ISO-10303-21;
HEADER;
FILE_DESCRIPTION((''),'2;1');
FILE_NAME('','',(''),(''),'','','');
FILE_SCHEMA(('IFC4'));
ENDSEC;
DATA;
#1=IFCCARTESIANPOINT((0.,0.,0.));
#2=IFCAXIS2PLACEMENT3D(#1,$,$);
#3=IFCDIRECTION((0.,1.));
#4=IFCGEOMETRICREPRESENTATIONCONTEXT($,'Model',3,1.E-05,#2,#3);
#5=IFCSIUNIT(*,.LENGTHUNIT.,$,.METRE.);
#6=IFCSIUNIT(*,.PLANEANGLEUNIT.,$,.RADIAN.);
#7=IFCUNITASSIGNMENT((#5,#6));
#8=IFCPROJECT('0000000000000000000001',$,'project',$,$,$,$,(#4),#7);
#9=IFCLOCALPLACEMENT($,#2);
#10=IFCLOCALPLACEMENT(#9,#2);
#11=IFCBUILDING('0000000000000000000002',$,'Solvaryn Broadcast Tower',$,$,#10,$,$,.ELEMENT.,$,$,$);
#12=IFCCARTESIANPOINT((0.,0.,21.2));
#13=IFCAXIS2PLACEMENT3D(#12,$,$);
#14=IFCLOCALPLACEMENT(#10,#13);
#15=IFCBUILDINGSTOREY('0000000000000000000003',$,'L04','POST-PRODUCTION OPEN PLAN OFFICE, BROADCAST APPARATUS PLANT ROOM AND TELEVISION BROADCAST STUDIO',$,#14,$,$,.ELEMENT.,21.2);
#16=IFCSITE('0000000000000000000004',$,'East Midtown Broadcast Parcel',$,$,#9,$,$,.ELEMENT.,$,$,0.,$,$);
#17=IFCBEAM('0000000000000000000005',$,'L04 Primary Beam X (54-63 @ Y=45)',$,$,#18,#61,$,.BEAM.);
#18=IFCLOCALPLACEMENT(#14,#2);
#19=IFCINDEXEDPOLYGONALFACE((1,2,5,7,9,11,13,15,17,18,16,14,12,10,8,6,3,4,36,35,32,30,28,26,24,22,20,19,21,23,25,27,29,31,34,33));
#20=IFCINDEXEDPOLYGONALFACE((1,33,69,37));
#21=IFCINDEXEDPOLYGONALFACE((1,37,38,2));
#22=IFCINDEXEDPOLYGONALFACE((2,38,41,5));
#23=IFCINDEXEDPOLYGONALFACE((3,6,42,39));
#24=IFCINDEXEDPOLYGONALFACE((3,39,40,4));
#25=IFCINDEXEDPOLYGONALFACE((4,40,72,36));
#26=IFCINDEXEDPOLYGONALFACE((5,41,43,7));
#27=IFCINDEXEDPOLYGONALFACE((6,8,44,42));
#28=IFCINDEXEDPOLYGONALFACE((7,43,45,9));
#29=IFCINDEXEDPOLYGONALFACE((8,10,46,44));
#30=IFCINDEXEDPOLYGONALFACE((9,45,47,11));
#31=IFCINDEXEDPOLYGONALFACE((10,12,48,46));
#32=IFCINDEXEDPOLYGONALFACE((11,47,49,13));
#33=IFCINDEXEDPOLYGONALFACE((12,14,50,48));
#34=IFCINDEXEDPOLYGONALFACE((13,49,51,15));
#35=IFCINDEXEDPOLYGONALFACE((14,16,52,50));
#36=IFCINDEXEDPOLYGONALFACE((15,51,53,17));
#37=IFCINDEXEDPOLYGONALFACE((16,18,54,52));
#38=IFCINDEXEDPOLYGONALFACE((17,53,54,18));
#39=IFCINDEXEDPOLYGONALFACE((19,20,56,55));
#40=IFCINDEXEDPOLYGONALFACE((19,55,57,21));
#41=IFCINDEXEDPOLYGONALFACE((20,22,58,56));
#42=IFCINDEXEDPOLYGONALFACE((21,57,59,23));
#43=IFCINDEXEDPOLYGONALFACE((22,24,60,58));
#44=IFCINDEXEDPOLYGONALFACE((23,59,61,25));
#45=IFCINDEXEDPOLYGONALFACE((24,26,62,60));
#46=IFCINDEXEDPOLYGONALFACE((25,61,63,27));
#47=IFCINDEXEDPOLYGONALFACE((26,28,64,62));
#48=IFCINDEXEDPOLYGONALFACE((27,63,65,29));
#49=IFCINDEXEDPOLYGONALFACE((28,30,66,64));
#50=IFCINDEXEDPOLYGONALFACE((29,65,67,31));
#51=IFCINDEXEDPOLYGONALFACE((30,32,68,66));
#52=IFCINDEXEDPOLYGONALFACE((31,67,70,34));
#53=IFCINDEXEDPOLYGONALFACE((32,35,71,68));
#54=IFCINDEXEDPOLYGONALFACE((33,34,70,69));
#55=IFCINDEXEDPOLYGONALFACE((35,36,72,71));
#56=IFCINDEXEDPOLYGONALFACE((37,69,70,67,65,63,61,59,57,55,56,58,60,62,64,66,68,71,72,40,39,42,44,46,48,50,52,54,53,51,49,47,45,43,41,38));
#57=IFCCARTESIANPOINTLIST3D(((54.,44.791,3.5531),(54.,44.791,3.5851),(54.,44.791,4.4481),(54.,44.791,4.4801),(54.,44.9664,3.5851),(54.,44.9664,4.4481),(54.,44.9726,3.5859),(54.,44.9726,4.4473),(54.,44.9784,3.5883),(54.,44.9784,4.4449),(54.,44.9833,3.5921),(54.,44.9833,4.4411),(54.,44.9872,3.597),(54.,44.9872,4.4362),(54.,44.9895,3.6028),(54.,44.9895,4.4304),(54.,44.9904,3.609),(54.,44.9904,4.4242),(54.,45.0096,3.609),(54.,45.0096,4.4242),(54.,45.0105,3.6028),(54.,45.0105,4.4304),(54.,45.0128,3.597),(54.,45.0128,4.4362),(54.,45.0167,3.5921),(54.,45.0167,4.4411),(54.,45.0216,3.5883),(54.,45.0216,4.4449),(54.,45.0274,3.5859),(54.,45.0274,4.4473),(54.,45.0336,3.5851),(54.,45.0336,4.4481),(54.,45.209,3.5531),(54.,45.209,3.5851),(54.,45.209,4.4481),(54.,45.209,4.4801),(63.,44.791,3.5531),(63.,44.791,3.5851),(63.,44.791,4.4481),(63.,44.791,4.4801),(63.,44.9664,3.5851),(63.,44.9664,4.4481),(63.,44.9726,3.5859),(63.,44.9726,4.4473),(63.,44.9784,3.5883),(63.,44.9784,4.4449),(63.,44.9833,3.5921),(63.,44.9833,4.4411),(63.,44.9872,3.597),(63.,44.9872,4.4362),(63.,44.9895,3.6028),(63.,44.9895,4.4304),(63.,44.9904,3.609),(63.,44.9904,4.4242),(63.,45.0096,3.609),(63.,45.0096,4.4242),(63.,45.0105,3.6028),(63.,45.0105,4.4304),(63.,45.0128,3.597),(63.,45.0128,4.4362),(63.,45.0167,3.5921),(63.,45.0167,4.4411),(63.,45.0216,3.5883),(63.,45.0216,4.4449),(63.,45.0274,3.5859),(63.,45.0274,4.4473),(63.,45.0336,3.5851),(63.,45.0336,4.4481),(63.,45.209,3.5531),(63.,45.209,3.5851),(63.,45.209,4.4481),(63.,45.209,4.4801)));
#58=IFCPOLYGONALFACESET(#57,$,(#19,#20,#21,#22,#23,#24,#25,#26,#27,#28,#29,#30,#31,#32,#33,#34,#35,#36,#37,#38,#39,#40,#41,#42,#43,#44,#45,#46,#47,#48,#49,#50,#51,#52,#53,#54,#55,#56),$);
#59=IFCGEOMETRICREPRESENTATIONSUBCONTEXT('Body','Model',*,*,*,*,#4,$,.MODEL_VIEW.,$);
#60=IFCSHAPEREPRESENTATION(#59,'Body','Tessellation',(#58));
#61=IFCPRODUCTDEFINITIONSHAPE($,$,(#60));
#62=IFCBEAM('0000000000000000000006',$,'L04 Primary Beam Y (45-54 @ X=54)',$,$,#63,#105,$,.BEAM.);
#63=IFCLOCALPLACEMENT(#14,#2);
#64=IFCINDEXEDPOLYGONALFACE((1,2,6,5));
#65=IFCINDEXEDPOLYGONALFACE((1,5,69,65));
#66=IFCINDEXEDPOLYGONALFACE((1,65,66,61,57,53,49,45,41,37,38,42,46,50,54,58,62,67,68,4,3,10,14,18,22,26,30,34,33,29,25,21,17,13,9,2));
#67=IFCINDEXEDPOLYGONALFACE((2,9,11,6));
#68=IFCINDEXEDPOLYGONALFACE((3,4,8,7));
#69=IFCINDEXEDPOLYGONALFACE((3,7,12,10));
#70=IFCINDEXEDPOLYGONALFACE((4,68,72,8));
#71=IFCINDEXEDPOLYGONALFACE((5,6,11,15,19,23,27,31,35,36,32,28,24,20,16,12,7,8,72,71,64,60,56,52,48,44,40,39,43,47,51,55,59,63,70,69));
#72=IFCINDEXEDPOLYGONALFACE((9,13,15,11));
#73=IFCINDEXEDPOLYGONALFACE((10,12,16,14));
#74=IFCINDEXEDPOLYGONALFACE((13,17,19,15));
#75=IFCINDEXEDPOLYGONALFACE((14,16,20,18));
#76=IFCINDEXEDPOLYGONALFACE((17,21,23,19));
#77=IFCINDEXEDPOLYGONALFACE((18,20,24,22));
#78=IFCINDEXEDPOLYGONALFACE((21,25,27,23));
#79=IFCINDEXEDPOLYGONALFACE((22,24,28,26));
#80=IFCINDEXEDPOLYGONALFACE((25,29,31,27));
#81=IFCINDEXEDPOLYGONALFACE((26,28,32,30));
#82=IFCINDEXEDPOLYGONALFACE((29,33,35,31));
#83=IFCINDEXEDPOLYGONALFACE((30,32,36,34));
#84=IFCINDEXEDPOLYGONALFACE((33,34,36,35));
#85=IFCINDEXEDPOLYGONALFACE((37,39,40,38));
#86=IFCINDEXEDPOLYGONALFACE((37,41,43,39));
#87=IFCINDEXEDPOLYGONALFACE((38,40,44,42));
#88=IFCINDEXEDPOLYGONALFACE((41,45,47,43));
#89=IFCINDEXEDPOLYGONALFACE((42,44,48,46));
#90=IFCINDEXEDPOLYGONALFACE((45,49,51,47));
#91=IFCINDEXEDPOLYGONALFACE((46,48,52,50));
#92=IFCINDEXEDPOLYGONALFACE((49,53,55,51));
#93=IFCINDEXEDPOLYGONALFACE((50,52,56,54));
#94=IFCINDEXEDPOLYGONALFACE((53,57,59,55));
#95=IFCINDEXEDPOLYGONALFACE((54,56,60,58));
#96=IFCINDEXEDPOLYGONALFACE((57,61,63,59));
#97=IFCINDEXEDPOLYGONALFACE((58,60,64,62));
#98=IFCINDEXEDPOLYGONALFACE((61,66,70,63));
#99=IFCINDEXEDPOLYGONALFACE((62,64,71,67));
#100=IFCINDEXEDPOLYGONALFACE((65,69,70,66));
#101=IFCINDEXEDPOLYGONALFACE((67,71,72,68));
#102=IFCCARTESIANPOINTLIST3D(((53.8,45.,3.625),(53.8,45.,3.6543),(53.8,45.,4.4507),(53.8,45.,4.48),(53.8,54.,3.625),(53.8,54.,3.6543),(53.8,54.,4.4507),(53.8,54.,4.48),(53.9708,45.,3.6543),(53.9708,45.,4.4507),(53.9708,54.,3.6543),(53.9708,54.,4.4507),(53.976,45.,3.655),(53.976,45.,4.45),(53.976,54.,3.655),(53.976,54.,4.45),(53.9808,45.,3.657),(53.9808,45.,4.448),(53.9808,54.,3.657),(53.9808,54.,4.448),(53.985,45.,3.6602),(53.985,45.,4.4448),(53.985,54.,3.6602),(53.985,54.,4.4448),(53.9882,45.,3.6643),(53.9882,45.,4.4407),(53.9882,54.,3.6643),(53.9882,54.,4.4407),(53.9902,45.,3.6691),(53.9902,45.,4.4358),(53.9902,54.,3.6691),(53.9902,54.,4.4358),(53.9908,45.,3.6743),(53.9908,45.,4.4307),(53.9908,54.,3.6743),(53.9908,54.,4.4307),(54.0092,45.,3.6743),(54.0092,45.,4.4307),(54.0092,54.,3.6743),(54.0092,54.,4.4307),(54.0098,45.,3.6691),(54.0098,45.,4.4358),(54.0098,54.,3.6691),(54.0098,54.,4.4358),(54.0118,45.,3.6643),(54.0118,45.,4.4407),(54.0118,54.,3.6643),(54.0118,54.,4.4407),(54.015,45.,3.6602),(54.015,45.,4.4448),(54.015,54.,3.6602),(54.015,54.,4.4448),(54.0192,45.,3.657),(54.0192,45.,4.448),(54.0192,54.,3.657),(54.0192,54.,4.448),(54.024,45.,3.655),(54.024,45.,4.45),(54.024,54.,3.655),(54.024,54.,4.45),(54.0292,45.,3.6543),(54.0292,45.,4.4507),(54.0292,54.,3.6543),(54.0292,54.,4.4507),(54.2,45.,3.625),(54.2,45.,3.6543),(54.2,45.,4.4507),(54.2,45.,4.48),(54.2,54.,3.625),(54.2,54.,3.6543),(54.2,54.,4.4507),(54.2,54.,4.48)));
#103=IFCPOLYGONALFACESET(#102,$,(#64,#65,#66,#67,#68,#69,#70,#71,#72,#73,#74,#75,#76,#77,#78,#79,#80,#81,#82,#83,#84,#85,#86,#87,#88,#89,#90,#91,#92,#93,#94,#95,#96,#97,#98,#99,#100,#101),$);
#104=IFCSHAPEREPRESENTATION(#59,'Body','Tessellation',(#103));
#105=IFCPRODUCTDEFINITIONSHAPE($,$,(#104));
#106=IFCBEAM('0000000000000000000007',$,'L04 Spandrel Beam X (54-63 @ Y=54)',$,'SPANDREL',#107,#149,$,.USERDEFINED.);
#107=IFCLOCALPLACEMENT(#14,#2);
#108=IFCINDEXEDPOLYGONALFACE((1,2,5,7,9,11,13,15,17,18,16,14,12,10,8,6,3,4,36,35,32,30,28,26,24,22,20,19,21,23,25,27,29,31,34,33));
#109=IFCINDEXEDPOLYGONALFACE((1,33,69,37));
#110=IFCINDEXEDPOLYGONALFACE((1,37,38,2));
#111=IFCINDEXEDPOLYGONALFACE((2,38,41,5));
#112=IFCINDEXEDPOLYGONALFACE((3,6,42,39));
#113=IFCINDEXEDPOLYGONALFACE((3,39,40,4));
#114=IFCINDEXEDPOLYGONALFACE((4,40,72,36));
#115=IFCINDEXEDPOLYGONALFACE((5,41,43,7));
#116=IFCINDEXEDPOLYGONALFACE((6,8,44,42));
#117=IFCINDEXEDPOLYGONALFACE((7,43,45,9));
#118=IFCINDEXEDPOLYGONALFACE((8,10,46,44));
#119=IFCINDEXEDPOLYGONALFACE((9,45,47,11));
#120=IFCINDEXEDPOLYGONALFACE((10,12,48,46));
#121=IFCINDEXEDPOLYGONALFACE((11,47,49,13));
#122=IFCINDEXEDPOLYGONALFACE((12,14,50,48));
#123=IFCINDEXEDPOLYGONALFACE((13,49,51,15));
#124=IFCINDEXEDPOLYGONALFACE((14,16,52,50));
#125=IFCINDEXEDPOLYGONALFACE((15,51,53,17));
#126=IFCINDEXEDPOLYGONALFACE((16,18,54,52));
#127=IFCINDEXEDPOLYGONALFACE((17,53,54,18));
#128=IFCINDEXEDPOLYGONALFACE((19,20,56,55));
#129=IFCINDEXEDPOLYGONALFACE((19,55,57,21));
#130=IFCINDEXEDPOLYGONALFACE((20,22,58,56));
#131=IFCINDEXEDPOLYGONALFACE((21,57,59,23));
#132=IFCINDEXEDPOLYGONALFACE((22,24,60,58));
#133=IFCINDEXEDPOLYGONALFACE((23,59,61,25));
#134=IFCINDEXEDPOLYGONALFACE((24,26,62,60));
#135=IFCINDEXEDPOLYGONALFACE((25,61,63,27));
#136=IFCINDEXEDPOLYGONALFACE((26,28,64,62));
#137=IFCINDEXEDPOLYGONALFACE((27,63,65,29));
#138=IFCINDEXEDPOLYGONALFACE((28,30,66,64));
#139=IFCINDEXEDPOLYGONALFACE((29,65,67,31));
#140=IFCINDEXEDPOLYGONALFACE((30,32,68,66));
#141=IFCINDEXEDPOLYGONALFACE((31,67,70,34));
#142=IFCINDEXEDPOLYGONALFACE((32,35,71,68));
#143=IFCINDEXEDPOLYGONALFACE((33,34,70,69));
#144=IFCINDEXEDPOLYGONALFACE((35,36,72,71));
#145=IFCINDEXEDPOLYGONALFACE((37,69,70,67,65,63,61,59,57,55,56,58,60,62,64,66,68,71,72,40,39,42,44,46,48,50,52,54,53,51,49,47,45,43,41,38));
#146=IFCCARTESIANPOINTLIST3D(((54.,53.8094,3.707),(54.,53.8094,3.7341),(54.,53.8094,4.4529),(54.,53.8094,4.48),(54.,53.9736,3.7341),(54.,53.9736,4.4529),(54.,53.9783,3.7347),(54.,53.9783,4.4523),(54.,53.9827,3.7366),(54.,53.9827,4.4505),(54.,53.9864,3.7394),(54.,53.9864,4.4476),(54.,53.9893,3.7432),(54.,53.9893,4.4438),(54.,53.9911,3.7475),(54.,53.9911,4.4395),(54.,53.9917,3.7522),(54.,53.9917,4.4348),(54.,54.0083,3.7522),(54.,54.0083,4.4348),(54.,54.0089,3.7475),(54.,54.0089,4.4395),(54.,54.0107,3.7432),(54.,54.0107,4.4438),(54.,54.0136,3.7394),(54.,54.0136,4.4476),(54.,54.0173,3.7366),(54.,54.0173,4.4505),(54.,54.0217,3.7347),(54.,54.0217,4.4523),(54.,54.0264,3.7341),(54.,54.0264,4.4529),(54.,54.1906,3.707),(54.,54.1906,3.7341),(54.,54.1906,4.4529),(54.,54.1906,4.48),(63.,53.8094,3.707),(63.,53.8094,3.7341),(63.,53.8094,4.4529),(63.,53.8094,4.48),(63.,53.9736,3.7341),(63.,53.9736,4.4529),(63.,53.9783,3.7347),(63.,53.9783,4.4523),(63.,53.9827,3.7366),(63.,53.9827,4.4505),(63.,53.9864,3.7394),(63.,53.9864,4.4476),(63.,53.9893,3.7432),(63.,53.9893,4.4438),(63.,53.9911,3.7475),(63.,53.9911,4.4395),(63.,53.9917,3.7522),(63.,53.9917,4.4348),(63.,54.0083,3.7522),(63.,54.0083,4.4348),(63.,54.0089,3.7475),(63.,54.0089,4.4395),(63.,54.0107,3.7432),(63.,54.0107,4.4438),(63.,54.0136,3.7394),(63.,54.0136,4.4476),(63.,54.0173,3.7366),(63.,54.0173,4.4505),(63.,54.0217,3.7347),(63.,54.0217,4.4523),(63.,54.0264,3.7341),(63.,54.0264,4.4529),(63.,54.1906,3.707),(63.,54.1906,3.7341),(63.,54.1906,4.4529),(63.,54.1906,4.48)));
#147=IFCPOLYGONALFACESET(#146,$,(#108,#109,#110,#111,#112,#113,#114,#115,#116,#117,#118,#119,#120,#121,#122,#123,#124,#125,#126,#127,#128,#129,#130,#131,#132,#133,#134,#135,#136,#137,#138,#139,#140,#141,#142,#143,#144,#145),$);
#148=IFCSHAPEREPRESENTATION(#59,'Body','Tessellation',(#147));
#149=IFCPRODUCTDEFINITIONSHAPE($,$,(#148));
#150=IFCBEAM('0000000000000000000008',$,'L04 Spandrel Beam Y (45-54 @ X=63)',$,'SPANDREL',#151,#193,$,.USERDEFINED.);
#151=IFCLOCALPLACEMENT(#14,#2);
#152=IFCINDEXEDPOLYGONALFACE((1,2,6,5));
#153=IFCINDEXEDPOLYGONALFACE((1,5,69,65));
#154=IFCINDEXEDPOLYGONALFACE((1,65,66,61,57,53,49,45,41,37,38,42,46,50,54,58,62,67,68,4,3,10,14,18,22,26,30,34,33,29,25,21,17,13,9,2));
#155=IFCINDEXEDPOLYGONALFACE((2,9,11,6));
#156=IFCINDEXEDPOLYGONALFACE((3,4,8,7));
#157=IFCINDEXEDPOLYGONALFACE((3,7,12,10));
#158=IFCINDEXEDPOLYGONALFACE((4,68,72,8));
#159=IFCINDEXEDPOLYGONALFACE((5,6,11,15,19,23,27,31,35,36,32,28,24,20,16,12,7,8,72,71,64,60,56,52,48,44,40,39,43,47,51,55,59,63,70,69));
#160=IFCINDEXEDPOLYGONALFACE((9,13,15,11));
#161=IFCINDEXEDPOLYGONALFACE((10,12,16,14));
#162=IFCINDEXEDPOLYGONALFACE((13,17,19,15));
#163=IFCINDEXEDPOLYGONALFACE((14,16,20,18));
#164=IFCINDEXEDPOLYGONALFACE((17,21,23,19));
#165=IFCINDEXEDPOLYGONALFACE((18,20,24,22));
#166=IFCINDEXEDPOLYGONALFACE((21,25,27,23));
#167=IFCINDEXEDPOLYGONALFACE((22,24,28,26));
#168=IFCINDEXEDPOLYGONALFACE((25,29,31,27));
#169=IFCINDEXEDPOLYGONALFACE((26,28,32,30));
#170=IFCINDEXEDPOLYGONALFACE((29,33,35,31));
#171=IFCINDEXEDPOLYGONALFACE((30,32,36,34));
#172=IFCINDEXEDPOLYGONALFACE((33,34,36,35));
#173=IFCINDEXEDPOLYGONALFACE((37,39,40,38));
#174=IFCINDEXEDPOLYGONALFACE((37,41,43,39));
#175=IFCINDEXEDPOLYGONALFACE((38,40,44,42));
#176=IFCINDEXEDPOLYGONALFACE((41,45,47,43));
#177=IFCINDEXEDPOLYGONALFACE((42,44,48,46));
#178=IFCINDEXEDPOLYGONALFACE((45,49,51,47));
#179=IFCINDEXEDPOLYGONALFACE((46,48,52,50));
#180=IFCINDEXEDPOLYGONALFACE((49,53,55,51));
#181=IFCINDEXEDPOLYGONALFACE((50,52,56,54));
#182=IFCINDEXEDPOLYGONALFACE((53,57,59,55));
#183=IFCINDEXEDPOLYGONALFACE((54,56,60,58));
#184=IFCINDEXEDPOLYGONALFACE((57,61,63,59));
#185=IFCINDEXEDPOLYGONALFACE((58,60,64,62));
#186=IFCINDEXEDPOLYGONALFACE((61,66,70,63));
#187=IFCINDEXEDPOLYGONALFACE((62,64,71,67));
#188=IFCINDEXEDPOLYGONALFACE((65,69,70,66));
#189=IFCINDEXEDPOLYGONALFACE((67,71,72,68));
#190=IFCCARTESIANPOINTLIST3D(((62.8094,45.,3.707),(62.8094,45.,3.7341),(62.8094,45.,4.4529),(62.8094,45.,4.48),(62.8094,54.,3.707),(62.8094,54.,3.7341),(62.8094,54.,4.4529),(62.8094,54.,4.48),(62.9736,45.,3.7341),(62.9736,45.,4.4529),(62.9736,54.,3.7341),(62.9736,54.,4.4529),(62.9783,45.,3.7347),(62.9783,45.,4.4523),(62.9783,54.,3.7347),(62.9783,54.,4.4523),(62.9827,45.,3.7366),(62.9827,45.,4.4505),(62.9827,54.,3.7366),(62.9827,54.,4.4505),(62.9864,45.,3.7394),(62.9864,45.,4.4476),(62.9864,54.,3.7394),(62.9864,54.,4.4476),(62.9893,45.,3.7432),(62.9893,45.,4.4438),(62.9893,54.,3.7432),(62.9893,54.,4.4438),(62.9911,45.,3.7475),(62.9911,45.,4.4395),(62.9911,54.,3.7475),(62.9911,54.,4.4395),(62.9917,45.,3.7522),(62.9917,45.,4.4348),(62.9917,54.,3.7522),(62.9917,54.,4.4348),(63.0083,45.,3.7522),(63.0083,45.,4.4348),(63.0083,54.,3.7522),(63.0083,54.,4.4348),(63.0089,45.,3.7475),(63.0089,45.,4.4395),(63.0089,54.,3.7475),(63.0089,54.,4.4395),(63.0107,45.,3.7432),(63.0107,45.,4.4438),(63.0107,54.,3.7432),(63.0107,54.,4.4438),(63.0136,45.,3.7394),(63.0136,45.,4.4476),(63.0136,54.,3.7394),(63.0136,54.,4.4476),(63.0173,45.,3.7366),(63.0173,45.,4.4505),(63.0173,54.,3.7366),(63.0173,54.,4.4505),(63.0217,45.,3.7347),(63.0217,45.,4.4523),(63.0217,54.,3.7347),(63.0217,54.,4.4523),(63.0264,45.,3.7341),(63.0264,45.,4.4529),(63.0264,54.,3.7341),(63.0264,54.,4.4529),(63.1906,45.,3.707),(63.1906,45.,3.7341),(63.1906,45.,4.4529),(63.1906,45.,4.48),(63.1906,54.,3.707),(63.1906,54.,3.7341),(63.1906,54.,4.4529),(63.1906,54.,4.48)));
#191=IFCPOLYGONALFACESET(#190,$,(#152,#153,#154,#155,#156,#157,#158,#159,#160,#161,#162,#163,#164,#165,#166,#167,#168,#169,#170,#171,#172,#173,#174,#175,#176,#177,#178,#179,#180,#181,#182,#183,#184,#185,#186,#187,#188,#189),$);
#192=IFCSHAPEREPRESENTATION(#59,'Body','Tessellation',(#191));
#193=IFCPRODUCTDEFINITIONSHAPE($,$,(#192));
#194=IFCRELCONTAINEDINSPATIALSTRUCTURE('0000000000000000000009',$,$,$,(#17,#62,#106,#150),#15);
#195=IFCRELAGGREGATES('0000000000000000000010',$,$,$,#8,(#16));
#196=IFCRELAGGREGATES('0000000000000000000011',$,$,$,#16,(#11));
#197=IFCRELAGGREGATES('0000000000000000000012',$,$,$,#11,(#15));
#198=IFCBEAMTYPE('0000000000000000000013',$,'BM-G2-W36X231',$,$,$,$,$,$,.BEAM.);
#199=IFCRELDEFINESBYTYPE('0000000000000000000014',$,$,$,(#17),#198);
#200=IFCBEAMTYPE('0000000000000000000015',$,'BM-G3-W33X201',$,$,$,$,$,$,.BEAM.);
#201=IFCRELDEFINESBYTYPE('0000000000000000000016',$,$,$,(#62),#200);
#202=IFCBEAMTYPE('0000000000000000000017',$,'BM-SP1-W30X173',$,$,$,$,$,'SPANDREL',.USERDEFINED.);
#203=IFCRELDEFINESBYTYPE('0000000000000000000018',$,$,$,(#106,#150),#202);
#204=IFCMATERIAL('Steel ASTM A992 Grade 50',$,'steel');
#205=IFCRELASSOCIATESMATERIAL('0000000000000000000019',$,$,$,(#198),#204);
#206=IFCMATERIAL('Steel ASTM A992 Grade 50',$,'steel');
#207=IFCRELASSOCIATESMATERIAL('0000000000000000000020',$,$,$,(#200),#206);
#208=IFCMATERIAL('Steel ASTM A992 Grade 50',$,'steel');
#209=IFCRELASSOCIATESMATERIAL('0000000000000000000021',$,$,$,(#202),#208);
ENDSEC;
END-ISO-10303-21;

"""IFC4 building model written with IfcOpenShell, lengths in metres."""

from ifc_helpers import new_model, si_unit, direction, frame, origin, origin_2d, place, context, subcontext, project, spatial, i_section, extrude, material, material_profile, profile_set, type_object, element, save


model = new_model("IFC4")

# Units and contexts
model_context = context("Model", 3, precision=1e-05, world=origin(), true_north=direction((0.0, 1.0)))
body_context = subcontext(model_context, "Body", "Model", "MODEL_VIEW")
ifc_project = project(units=[si_unit("LENGTHUNIT", "METRE"), si_unit("PLANEANGLEUNIT", "RADIAN")], contexts=[model_context])

# Site, building, storey
site_placement = place(None, origin())
site = spatial("IfcSite", under=ifc_project, at=site_placement, Name="East Midtown Broadcast Parcel", CompositionType="ELEMENT", RefElevation=0.0)
building_placement = place(site_placement, origin())
building = spatial("IfcBuilding", under=site, at=building_placement, Name="Solvaryn Broadcast Tower", CompositionType="ELEMENT")
storey_placement = place(building_placement, frame((0.0, 0.0, 21.2)))
storey = spatial("IfcBuildingStorey", under=building, at=storey_placement, Name="L04", Description="POST-PRODUCTION OPEN PLAN OFFICE, BROADCAST APPARATUS PLANT ROOM AND TELEVISION BROADCAST STUDIO", CompositionType="ELEMENT", Elevation=21.2)

# Beams
ifc_material_1 = material(Name="Steel ASTM A992 Grade 50", Category="steel")
ifc_material_profile_1 = material_profile(ifc_material_1, i_section(OverallWidth=0.418, OverallDepth=0.927, WebThickness=0.0193, FlangeThickness=0.032, FilletRadius=0.0239, at=origin_2d()))
ifc_profile_set_1 = profile_set([ifc_material_profile_1], Name="Steel ASTM A992 Grade 50")
beam_type_1 = type_object("IfcBeamType", Name="BM-G2-W36X231", PredefinedType="BEAM", material=ifc_profile_set_1)
beam_1_placement = place(storey_placement, frame((54.0, 45.0, 4.0166), z_axis=(1.0, 0.0, 0.0), x_axis=(0.0, 1.0, 0.0)))
element("IfcBeam", 1, at=beam_1_placement, inside=storey, type_object=beam_type_1, Name="L04 Primary Beam X (54-63 @ Y=45)", PredefinedType="BEAM", context=body_context, shape_type="SweptSolid", body=[
    extrude(i_section(OverallWidth=0.418, OverallDepth=0.927, WebThickness=0.0193, FlangeThickness=0.032, FilletRadius=0.0239, at=origin_2d()), origin(), (0.0, 0.0, 1.0), 9.0),
])
ifc_material_2 = material(Name="Steel ASTM A992 Grade 50", Category="steel")
ifc_material_profile_2 = material_profile(ifc_material_2, i_section(OverallWidth=0.3999, OverallDepth=0.855, WebThickness=0.0183, FlangeThickness=0.0293, FilletRadius=0.02, at=origin_2d()))
ifc_profile_set_2 = profile_set([ifc_material_profile_2], Name="Steel ASTM A992 Grade 50")
beam_type_2 = type_object("IfcBeamType", Name="BM-G3-W33X201", PredefinedType="BEAM", material=ifc_profile_set_2)
beam_2_placement = place(storey_placement, frame((54.0, 45.0, 4.0525), z_axis=(0.0, 1.0, 0.0), x_axis=(-1.0, 0.0, 0.0)))
element("IfcBeam", 2, at=beam_2_placement, inside=storey, type_object=beam_type_2, Name="L04 Primary Beam Y (45-54 @ X=54)", PredefinedType="BEAM", context=body_context, shape_type="SweptSolid", body=[
    extrude(i_section(OverallWidth=0.3999, OverallDepth=0.855, WebThickness=0.0183, FlangeThickness=0.0293, FilletRadius=0.02, at=origin_2d()), origin(), (0.0, 0.0, 1.0), 9.0),
])
ifc_material_3 = material(Name="Steel ASTM A992 Grade 50", Category="steel")
ifc_material_profile_3 = material_profile(ifc_material_3, i_section(OverallWidth=0.3811, OverallDepth=0.7729, WebThickness=0.0166, FlangeThickness=0.0271, FilletRadius=0.0181, at=origin_2d()))
ifc_profile_set_3 = profile_set([ifc_material_profile_3], Name="Steel ASTM A992 Grade 50")
beam_type_3 = type_object("IfcBeamType", Name="BM-SP1-W30X173", ElementType="SPANDREL", PredefinedType="USERDEFINED", material=ifc_profile_set_3)
for number, where, z_axis, x_axis, name in (
    (3, (54.0, 54.0, 4.0935), (1.0, 0.0, 0.0), (0.0, 1.0, 0.0), "L04 Spandrel Beam X (54-63 @ Y=54)"),
    (4, (63.0, 45.0, 4.0935), (0.0, 1.0, 0.0), (-1.0, 0.0, 0.0), "L04 Spandrel Beam Y (45-54 @ X=63)"),
):
    element("IfcBeam", number, at=place(storey_placement, frame(where, z_axis=z_axis, x_axis=x_axis)), inside=storey, type_object=beam_type_3, Name=name, ObjectType="SPANDREL", PredefinedType="USERDEFINED", context=body_context, shape_type="SweptSolid", body=[
        extrude(i_section(OverallWidth=0.3811, OverallDepth=0.7729, WebThickness=0.0166, FlangeThickness=0.0271, FilletRadius=0.0181, at=origin_2d()), origin(), (0.0, 0.0, 1.0), 9.0),
    ])

save(model, "model.ifc")
